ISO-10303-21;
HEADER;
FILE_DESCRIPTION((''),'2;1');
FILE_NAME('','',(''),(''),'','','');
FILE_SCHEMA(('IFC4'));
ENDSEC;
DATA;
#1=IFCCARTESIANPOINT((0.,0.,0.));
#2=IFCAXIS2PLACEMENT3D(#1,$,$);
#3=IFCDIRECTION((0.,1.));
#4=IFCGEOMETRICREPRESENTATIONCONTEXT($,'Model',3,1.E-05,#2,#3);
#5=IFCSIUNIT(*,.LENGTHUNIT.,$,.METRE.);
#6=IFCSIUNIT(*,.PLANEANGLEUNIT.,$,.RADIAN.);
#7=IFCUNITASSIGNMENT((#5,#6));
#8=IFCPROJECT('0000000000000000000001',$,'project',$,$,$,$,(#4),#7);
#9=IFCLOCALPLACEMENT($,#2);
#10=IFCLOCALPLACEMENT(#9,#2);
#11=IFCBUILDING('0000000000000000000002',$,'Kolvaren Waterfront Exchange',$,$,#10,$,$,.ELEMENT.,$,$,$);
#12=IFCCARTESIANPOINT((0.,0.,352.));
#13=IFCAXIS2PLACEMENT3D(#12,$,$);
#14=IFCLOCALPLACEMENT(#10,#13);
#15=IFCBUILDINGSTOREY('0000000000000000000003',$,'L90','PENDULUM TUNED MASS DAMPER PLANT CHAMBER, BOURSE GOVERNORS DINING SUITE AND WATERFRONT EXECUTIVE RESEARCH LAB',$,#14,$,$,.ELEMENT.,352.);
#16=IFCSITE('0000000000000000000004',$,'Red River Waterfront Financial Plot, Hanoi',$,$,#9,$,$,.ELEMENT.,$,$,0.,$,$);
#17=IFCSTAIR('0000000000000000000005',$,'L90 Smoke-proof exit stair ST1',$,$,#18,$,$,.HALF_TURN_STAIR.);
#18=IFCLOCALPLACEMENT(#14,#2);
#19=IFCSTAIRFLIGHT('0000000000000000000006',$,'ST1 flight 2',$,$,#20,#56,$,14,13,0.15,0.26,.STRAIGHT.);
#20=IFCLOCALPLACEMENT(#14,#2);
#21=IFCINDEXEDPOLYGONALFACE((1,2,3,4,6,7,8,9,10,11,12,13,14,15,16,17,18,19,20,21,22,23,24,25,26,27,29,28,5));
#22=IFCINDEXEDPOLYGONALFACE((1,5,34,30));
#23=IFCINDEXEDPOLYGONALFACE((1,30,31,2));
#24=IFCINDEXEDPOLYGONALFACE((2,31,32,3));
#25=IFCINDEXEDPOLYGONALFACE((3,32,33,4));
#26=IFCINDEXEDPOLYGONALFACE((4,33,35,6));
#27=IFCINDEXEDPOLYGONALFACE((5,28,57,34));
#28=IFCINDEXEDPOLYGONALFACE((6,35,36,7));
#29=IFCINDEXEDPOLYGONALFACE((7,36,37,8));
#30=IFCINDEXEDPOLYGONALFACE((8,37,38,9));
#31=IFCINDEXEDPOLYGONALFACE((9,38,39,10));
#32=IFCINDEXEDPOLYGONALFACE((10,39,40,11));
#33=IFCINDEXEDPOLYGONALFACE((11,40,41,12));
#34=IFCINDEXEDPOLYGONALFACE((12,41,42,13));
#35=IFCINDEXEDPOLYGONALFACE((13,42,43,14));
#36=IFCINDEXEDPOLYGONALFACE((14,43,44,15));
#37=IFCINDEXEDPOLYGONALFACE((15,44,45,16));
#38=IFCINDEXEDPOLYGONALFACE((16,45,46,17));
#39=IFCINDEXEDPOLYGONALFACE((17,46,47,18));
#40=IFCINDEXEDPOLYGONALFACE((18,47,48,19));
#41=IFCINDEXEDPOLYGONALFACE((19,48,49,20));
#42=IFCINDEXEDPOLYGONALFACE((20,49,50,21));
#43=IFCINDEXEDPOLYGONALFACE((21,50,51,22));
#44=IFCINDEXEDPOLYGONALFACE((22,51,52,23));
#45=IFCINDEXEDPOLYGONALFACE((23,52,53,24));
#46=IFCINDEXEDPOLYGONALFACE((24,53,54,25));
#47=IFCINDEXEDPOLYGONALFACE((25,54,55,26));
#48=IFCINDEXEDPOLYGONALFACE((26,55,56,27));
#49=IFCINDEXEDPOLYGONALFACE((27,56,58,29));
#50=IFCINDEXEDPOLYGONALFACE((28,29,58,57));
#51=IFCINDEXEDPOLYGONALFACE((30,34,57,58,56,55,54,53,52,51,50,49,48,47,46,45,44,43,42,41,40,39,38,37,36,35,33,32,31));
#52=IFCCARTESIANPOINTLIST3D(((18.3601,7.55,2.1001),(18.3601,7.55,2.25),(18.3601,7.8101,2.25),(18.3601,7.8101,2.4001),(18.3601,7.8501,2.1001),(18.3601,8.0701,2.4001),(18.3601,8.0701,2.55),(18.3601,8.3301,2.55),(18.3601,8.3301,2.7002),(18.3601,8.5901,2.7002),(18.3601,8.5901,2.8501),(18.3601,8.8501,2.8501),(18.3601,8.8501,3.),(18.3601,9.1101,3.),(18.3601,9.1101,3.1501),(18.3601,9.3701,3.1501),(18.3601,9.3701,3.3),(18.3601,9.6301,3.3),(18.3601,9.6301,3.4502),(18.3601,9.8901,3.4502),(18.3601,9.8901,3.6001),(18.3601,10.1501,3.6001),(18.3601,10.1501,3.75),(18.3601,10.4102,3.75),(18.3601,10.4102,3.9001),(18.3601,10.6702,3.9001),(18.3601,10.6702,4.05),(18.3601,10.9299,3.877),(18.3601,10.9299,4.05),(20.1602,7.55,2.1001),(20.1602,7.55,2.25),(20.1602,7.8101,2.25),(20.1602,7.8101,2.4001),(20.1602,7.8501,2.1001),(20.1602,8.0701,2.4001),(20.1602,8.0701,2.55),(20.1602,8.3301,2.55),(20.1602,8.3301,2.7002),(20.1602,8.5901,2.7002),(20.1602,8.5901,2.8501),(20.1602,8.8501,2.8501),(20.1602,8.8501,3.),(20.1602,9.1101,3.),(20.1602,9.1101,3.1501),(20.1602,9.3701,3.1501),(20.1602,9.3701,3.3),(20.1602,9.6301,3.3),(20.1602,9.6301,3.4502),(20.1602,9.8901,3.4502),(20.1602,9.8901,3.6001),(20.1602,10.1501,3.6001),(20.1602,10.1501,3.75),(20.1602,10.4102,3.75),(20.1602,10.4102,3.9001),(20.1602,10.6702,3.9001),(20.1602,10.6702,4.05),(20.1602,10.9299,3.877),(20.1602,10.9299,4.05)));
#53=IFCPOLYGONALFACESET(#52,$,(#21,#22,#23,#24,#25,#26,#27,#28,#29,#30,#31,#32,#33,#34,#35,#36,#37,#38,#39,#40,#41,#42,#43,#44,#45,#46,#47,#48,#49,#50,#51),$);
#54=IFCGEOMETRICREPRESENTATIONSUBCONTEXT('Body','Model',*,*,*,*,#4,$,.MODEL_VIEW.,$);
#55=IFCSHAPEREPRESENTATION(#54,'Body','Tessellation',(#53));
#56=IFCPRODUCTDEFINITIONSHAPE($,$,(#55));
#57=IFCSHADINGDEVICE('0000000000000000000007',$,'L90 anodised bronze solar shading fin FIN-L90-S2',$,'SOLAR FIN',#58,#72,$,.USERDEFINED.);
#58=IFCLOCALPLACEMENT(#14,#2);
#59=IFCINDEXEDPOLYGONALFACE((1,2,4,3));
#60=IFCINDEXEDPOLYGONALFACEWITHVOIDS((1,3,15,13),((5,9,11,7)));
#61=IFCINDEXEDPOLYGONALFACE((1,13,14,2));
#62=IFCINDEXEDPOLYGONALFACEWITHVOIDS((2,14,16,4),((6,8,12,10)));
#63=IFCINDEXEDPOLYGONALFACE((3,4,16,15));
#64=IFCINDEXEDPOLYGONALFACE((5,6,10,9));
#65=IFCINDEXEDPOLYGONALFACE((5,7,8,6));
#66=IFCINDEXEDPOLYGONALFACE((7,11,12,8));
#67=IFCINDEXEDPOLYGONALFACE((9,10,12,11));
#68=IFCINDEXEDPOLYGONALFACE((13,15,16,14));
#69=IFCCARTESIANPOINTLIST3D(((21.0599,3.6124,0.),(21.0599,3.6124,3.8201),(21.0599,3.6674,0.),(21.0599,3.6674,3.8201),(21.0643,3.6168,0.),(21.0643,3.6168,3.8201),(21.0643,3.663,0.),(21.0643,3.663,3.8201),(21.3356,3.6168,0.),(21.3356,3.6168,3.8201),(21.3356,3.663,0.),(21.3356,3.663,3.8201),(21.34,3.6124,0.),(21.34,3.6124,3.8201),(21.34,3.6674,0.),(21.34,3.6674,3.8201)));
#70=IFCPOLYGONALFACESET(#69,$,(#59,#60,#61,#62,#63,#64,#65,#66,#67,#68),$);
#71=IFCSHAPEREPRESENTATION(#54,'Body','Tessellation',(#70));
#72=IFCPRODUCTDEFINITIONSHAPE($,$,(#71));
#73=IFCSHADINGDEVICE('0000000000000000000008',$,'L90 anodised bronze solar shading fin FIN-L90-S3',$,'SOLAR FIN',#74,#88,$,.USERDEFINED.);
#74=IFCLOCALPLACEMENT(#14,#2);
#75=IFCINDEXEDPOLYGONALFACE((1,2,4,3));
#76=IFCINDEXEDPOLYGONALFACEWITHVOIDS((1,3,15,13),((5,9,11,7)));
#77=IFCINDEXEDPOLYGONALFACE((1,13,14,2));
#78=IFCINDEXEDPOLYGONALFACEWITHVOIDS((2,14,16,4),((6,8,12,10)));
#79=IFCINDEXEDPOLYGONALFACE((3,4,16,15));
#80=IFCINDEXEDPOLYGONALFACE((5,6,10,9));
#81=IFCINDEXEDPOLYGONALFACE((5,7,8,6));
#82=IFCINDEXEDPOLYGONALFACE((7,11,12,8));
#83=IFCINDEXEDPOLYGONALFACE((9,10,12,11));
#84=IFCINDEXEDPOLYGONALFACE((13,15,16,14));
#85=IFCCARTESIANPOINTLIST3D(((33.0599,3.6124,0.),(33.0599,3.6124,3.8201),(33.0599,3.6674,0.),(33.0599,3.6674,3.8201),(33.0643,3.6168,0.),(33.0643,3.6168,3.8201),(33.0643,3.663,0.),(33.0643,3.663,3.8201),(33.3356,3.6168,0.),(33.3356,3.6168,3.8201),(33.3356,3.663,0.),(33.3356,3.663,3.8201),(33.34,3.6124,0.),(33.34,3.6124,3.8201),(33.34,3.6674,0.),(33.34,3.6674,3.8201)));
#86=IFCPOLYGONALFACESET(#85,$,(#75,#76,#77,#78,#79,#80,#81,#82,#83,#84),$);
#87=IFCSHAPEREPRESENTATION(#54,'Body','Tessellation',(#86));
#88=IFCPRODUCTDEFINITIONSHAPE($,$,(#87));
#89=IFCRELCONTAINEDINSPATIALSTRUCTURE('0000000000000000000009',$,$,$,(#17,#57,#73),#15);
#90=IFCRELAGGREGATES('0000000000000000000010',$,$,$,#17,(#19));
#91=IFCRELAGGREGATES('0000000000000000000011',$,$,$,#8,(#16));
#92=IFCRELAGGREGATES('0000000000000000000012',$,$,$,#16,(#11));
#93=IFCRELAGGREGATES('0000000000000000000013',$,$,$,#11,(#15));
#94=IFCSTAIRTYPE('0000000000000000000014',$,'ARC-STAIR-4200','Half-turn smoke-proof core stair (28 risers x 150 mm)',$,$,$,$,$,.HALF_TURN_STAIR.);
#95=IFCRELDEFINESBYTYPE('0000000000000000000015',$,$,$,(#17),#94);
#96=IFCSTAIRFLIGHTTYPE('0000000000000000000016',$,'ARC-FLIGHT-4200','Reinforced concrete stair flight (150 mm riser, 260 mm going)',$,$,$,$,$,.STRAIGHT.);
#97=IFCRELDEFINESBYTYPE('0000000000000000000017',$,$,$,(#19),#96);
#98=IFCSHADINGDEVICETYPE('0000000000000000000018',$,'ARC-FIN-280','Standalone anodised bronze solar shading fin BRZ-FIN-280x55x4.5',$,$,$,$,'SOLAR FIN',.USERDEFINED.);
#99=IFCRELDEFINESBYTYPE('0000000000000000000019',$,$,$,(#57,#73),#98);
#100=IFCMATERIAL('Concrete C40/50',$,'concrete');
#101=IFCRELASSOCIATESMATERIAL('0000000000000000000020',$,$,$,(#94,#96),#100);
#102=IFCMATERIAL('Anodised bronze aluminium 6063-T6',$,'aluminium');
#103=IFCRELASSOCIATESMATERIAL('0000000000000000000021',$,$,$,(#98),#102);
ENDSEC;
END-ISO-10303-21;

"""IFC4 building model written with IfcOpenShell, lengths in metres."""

from ifc_helpers import new_model, si_unit, direction, frame, origin, origin_2d, place, context, subcontext, project, spatial, polyline, hollow_rectangle, outline, extrude, material, material_profile, profile_set, type_object, element, aggregate, save


model = new_model("IFC4")

# Units and contexts
model_context = context("Model", 3, precision=1e-05, world=origin(), true_north=direction((0.0, 1.0)))
body_context = subcontext(model_context, "Body", "Model", "MODEL_VIEW")
ifc_project = project(units=[si_unit("LENGTHUNIT", "METRE"), si_unit("PLANEANGLEUNIT", "RADIAN")], contexts=[model_context])

# Site, building, storey
site_placement = place(None, origin())
site = spatial("IfcSite", under=ifc_project, at=site_placement, Name="Red River Waterfront Financial Plot, Hanoi", CompositionType="ELEMENT", RefElevation=0.0)
building_placement = place(site_placement, origin())
building = spatial("IfcBuilding", under=site, at=building_placement, Name="Kolvaren Waterfront Exchange", CompositionType="ELEMENT")
storey_placement = place(building_placement, frame((0.0, 0.0, 352.0)))
storey = spatial("IfcBuildingStorey", under=building, at=storey_placement, Name="L90", Description="PENDULUM TUNED MASS DAMPER PLANT CHAMBER, BOURSE GOVERNORS DINING SUITE AND WATERFRONT EXECUTIVE RESEARCH LAB", CompositionType="ELEMENT", Elevation=352.0)

# Shared definitions
ifc_material_1 = material(Name="Anodised bronze aluminium 6063-T6", Category="aluminium")

# Shared definitions
ifc_material_2 = material(Name="Concrete C40/50", Category="concrete")

# Stair, stair flight
stair_type = type_object("IfcStairType", Name="ARC-STAIR-4200", Description="Half-turn smoke-proof core stair (28 risers x 150 mm)", PredefinedType="HALF_TURN_STAIR", material=ifc_material_2)
stair_placement = place(storey_placement, origin())
stair = element("IfcStair", 1, at=stair_placement, inside=storey, type_object=stair_type, Name="L90 Smoke-proof exit stair ST1", PredefinedType="HALF_TURN_STAIR")
stair_flight_type = type_object("IfcStairFlightType", Name="ARC-FLIGHT-4200", Description="Reinforced concrete stair flight (150 mm riser, 260 mm going)", PredefinedType="STRAIGHT", material=ifc_material_2)
stair_flight_placement = place(storey_placement, frame((19.26, 7.55, 2.1001), z_axis=(0.0, 0.0, 1.0), x_axis=(0.0, 1.0, 0.0)))
stair_flight = element("IfcStairFlight", 2, at=stair_flight_placement, type_object=stair_flight_type, Name="ST1 flight 2", NumberOfRisers=14, NumberOfTreads=13, PredefinedType="STRAIGHT", RiserHeight=0.15, TreadLength=0.26, context=body_context, shape_type="SweptSolid", body=[
    extrude(outline(polyline([(0.0, 0.0), (0.0, 0.1499), (0.26, 0.1499), (0.26, 0.3), (0.52, 0.3), (0.52, 0.45), (0.78, 0.45), (0.78, 0.6001), (1.04, 0.6001), (1.04, 0.75), (1.3, 0.75), (1.3, 0.8999), (1.5601, 0.8999), (1.5601, 1.05), (1.8201, 1.05), (1.8201, 1.2), (2.0801, 1.2), (2.0801, 1.3501), (2.3401, 1.3501), (2.3401, 1.5), (2.6001, 1.5), (2.6001, 1.6499), (2.8601, 1.6499), (2.8601, 1.8), (3.1201, 1.8), (3.1201, 1.95), (3.3799, 1.95), (3.3799, 2.1001), (3.3799, 1.7769), (0.3, 0.0), (0.0, 0.0)])), frame((0.0, 0.8999, 0.0), z_axis=(0.0, -1.0, 0.0), x_axis=(1.0, 0.0, 0.0)), (0.0, 0.0, 1.0), 1.8),
])
aggregate(stair, [stair_flight])

# Shading devices
ifc_material_profile_1 = material_profile(ifc_material_1, hollow_rectangle(XDim=0.0549, YDim=0.28, WallThickness=0.0044, at=origin_2d()), Name="BRZ-FIN-280x55x4.5")
ifc_profile_set_1 = profile_set([ifc_material_profile_1], Name="Anodised bronze aluminium 6063-T6")
shading_device_type = type_object("IfcShadingDeviceType", Name="ARC-FIN-280", Description="Standalone anodised bronze solar shading fin BRZ-FIN-280x55x4.5", ElementType="SOLAR FIN", PredefinedType="USERDEFINED", material=ifc_profile_set_1)
for number, where, z_axis, x_axis, name in (
    (3, (21.2, 3.6399, 0.0), (0.0, 0.0, 1.0), (0.0, -1.0, 0.0), "L90 anodised bronze solar shading fin FIN-L90-S2"),
    (4, (33.2, 3.6399, 0.0), (0.0, 0.0, 1.0), (0.0, -1.0, 0.0), "L90 anodised bronze solar shading fin FIN-L90-S3"),
):
    element("IfcShadingDevice", number, at=place(storey_placement, frame(where, z_axis=z_axis, x_axis=x_axis)), inside=storey, type_object=shading_device_type, Name=name, ObjectType="SOLAR FIN", PredefinedType="USERDEFINED", context=body_context, shape_type="SweptSolid", body=[
        extrude(hollow_rectangle(XDim=0.0549, YDim=0.28, WallThickness=0.0044, at=origin_2d()), origin(), (0.0, 0.0, 1.0), 3.8201),
    ])

save(model, "model.ifc")
